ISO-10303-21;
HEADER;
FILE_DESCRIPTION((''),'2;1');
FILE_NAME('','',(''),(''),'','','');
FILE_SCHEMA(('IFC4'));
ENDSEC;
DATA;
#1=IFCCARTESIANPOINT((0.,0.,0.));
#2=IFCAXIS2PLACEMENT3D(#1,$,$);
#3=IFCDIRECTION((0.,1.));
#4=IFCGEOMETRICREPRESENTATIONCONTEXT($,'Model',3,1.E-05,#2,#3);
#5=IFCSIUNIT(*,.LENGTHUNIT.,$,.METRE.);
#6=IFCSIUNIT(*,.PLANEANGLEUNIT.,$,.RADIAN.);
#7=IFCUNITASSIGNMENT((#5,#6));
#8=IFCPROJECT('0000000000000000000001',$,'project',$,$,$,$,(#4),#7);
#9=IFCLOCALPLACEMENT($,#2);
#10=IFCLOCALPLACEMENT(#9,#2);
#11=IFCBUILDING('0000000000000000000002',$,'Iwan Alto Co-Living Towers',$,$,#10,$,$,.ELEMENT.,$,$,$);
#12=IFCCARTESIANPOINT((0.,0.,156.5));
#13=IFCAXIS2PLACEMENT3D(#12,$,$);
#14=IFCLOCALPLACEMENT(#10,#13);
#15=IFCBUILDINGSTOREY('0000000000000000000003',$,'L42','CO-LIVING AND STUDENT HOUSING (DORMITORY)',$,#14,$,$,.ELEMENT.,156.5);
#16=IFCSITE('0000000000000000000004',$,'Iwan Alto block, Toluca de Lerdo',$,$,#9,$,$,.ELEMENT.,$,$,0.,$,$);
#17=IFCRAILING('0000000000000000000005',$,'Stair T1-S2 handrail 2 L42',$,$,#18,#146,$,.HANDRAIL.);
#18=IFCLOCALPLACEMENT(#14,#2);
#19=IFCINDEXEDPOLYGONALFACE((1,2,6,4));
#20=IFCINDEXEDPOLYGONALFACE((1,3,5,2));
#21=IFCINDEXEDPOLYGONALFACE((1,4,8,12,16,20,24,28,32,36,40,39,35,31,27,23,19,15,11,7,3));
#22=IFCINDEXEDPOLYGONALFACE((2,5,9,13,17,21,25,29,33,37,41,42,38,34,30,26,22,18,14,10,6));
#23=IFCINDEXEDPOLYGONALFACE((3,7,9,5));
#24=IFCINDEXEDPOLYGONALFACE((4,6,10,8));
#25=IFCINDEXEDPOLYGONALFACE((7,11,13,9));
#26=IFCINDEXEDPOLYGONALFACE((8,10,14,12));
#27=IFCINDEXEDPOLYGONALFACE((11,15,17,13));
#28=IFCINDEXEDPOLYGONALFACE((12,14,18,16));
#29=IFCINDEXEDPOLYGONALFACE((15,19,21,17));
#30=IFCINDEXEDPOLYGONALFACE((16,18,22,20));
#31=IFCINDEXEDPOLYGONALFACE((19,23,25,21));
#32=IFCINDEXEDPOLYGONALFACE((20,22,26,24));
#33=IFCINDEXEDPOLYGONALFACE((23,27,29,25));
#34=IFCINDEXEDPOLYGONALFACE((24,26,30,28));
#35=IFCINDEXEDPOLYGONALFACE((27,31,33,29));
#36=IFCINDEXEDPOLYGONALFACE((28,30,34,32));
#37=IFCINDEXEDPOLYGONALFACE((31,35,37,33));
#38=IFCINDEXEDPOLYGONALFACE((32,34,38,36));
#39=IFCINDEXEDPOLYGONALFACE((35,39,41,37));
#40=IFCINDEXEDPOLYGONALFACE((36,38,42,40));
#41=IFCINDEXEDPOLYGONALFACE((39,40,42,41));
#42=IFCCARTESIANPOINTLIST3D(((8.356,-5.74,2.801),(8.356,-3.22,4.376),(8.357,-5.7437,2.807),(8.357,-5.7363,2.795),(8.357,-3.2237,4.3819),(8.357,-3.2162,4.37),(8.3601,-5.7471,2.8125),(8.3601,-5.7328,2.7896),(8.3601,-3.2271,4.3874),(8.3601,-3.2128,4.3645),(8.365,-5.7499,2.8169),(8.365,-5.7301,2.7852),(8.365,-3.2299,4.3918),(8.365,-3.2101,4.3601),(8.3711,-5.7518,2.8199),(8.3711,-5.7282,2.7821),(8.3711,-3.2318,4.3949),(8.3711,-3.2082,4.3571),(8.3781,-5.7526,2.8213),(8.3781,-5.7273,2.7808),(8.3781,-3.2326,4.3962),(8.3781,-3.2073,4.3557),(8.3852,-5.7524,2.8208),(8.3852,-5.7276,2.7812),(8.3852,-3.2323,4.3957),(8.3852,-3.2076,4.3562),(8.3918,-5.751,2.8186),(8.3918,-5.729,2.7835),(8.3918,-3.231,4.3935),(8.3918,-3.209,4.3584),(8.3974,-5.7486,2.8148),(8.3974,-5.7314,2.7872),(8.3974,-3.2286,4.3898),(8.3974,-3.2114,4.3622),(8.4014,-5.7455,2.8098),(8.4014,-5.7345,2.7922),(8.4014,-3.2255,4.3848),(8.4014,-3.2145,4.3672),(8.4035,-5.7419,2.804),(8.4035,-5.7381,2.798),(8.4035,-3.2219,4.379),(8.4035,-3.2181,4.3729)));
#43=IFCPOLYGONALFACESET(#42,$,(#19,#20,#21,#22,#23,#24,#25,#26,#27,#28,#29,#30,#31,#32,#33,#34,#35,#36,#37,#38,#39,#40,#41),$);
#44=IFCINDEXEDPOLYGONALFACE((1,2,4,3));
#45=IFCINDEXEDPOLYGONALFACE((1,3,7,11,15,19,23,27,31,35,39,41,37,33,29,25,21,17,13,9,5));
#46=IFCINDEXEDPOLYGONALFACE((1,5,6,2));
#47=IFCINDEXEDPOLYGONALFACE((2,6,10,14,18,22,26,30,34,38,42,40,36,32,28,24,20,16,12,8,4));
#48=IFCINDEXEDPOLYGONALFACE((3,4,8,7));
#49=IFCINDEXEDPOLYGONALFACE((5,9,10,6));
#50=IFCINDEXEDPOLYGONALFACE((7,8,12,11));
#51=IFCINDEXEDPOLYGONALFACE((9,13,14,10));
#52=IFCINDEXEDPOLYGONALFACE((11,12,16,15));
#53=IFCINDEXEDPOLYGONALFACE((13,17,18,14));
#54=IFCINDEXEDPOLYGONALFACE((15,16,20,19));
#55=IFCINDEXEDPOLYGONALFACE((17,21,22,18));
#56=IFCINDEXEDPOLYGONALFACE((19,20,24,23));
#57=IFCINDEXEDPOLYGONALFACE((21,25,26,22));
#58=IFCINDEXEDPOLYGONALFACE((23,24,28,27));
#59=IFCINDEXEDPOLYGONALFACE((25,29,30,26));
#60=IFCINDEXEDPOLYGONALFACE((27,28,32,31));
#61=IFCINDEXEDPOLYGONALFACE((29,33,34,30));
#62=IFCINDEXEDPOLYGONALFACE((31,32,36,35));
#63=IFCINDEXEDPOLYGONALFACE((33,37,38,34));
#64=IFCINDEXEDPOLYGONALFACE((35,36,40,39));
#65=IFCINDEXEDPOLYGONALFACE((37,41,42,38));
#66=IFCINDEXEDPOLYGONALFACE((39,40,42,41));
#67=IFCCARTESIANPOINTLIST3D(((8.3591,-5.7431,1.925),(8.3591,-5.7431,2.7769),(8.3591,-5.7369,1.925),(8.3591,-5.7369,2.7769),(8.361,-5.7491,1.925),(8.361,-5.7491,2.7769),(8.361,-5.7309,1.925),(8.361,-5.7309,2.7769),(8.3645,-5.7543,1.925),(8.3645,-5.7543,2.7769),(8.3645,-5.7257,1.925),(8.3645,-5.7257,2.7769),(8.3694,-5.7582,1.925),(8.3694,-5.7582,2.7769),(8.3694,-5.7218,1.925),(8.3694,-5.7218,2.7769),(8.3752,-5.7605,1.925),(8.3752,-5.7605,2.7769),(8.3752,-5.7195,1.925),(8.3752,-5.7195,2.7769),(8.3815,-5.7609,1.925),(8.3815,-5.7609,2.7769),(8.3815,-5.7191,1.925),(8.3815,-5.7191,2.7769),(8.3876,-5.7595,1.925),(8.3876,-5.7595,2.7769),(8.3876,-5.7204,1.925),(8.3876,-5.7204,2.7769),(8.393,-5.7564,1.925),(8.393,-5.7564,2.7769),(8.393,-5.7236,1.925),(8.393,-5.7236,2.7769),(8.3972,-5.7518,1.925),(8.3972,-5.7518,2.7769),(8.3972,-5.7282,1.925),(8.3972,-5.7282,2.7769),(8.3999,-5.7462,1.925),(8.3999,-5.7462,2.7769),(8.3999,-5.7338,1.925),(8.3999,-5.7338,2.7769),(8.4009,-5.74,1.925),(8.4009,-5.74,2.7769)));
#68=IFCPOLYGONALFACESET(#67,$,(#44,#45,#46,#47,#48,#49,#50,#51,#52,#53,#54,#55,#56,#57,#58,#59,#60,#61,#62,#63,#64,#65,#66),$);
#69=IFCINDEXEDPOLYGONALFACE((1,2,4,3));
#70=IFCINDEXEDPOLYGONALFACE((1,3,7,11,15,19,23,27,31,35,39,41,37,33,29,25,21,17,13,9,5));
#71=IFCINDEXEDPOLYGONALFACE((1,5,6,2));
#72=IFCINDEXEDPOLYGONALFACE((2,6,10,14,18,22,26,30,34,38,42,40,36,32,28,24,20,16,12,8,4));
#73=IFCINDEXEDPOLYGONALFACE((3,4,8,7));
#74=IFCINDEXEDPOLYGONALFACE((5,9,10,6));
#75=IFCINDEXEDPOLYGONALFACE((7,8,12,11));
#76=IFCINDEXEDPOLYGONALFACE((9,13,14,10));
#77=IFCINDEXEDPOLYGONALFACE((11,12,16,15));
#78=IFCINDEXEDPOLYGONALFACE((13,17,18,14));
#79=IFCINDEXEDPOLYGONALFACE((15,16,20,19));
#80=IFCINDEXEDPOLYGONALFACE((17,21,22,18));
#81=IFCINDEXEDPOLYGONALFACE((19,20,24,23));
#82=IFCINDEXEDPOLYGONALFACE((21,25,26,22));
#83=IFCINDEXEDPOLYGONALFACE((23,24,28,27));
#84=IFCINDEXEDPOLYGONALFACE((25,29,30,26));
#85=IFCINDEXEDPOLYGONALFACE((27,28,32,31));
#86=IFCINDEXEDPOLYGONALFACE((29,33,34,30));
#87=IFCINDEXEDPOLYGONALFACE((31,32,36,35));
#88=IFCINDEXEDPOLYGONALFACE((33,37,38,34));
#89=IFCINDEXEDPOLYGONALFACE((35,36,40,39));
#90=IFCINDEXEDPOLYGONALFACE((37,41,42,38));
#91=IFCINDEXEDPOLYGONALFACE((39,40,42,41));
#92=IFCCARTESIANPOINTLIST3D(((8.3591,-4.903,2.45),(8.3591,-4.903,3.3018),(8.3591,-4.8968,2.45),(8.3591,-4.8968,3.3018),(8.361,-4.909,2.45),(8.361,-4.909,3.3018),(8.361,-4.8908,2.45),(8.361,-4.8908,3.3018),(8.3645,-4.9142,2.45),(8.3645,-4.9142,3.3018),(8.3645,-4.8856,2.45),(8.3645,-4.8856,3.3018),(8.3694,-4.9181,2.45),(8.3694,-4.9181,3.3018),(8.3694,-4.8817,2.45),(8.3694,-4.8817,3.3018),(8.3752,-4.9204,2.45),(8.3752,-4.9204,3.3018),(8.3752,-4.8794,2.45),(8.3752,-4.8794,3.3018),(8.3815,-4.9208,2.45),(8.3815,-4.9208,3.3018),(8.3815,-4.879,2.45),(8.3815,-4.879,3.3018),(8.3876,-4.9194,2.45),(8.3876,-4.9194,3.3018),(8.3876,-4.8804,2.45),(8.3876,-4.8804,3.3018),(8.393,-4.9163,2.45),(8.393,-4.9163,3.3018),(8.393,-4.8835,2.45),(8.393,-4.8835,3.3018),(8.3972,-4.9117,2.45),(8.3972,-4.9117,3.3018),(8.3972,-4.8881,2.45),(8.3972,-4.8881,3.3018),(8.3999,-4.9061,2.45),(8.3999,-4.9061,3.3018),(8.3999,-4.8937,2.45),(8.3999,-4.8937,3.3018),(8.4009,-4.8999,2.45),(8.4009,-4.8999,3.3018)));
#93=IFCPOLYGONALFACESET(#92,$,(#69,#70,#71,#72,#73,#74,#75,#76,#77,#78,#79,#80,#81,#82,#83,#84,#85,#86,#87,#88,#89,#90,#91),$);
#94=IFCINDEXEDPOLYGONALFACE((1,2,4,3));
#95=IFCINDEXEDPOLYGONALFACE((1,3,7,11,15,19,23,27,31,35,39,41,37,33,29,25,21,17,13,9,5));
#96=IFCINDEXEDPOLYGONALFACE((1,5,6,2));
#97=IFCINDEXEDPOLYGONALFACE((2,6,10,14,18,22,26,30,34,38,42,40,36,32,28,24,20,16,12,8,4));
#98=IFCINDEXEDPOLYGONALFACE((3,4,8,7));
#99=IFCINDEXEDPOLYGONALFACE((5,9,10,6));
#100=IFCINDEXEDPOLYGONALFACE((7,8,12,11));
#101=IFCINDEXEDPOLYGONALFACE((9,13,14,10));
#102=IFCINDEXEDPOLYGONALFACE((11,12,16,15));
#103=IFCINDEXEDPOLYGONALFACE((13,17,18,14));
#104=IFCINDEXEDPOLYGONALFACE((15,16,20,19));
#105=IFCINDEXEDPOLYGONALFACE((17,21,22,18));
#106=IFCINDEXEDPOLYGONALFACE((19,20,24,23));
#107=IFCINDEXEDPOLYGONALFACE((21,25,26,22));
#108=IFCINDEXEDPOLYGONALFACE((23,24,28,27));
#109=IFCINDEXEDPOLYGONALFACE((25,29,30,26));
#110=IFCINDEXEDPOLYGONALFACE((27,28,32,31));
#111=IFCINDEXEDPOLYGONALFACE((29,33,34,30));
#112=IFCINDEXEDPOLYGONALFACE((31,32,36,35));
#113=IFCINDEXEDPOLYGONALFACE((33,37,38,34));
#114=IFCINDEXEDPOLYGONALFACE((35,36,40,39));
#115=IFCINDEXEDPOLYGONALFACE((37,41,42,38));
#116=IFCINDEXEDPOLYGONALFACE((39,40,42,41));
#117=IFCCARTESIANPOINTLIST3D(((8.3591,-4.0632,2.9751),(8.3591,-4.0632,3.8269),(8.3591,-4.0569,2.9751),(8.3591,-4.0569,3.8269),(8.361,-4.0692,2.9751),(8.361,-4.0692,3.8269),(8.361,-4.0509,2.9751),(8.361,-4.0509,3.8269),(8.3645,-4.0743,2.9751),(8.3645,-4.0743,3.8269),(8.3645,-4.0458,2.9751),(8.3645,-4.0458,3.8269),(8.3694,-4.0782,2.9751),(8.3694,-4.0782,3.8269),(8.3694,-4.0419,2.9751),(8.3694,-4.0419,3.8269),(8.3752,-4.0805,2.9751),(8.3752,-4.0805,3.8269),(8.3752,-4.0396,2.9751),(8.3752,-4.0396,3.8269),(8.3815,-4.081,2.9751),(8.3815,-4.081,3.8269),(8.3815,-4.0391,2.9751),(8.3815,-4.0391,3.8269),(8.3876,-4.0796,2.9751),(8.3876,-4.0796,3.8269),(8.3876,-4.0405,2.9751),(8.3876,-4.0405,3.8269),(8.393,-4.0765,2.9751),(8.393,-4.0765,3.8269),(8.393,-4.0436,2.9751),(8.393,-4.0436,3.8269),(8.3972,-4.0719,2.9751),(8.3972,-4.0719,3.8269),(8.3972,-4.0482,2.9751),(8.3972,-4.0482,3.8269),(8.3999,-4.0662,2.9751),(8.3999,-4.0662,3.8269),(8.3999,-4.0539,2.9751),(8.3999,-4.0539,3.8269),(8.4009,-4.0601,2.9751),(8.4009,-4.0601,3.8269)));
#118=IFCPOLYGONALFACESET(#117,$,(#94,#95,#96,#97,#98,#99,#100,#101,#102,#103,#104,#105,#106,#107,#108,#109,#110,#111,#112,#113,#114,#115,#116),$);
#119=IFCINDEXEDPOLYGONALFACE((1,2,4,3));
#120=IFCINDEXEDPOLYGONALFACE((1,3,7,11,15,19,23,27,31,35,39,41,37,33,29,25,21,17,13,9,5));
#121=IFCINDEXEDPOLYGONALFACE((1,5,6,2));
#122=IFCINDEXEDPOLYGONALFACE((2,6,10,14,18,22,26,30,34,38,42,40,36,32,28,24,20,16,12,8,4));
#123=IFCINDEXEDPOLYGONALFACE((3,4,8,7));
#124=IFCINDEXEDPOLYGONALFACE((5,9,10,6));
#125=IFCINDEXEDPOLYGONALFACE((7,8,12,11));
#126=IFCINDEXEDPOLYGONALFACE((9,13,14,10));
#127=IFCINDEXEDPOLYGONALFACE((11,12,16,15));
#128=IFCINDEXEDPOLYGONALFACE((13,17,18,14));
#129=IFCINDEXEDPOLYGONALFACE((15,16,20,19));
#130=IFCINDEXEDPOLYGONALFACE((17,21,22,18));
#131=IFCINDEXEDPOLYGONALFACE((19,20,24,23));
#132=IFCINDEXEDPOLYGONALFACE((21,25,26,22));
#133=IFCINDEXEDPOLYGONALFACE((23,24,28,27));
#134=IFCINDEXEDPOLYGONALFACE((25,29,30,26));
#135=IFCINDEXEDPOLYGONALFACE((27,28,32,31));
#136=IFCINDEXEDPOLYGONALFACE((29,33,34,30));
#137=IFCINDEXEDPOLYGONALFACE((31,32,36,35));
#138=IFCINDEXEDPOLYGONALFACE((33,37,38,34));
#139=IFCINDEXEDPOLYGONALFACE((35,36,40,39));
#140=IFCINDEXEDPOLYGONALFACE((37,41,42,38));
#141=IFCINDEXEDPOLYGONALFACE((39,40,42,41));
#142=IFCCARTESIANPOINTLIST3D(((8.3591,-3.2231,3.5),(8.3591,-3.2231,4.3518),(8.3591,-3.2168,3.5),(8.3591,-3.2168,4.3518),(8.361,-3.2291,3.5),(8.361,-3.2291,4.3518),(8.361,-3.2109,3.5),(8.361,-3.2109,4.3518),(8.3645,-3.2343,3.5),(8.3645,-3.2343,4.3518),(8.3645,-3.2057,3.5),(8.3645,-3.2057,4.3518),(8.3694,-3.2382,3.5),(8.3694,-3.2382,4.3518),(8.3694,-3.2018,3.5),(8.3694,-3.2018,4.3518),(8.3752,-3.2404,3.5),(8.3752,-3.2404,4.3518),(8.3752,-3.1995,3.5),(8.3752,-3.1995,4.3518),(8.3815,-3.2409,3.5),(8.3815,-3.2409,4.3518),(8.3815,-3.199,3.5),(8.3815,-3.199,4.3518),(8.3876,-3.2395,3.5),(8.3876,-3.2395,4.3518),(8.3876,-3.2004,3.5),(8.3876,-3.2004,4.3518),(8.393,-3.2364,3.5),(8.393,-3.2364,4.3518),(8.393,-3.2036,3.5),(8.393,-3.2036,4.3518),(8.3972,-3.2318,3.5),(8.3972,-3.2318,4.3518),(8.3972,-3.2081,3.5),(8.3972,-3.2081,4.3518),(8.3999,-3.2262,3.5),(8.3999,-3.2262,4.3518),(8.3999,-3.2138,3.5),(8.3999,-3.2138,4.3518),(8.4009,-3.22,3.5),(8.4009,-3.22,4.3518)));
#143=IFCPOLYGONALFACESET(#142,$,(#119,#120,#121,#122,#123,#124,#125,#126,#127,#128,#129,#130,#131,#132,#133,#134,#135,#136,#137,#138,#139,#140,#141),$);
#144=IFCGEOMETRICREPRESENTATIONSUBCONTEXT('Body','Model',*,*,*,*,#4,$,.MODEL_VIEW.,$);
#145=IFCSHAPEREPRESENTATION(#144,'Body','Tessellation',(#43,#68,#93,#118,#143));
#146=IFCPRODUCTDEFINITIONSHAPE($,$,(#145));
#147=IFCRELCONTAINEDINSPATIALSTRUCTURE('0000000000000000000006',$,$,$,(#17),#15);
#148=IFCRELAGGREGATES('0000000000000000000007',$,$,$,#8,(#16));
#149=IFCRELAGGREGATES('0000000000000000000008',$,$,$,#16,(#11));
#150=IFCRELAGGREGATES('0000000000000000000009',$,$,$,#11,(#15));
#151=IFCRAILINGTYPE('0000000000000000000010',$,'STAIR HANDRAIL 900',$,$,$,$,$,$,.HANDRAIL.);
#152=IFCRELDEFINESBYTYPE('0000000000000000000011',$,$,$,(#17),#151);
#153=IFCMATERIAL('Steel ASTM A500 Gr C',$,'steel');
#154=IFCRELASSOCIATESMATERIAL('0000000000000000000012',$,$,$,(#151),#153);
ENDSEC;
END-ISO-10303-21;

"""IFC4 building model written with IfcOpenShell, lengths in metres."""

from ifc_helpers import new_model, si_unit, direction, frame, origin, origin_2d, place, context, subcontext, project, spatial, circle, extrude, material, type_object, element, save


model = new_model("IFC4")

# Units and contexts
model_context = context("Model", 3, precision=1e-05, world=origin(), true_north=direction((0.0, 1.0)))
body_context = subcontext(model_context, "Body", "Model", "MODEL_VIEW")
ifc_project = project(units=[si_unit("LENGTHUNIT", "METRE"), si_unit("PLANEANGLEUNIT", "RADIAN")], contexts=[model_context])

# Site, building, storey
site_placement = place(None, origin())
site = spatial("IfcSite", under=ifc_project, at=site_placement, Name="Iwan Alto block, Toluca de Lerdo", CompositionType="ELEMENT", RefElevation=0.0)
building_placement = place(site_placement, origin())
building = spatial("IfcBuilding", under=site, at=building_placement, Name="Iwan Alto Co-Living Towers", CompositionType="ELEMENT")
storey_placement = place(building_placement, frame((0.0, 0.0, 156.5)))
storey = spatial("IfcBuildingStorey", under=building, at=storey_placement, Name="L42", Description="CO-LIVING AND STUDENT HOUSING (DORMITORY)", CompositionType="ELEMENT", Elevation=156.5)

# Railing
ifc_material_1 = material(Name="Steel ASTM A500 Gr C", Category="steel")
railing_type_1 = type_object("IfcRailingType", Name="STAIR HANDRAIL 900", PredefinedType="HANDRAIL", material=ifc_material_1)
railing_1_placement = place(storey_placement, frame((8.3799, -5.74, 1.925)))
element("IfcRailing", 1, at=railing_1_placement, inside=storey, type_object=railing_type_1, Name="Stair T1-S2 handrail 2 L42", PredefinedType="HANDRAIL", context=body_context, shape_type="SweptSolid", body=[
    extrude(circle(Radius=0.0239, at=origin_2d()), frame((0.0, 0.0, 0.876), z_axis=(0.0, 0.848008, 0.529984), x_axis=(-1.0, 0.0, 0.0)), (0.0, 0.0, 1.0), 2.9717),
    extrude(circle(Radius=0.021, at=origin_2d()), origin(), (0.0, 0.0, 1.0), 0.8518),
    extrude(circle(Radius=0.021, at=origin_2d()), frame((0.0, 0.8401, 0.5249)), (0.0, 0.0, 1.0), 0.8518),
    extrude(circle(Radius=0.021, at=origin_2d()), frame((0.0, 1.6799, 1.05)), (0.0, 0.0, 1.0), 0.8518),
    extrude(circle(Radius=0.021, at=origin_2d()), frame((0.0, 2.52, 1.575)), (0.0, 0.0, 1.0), 0.8518),
])

save(model, "model.ifc")
